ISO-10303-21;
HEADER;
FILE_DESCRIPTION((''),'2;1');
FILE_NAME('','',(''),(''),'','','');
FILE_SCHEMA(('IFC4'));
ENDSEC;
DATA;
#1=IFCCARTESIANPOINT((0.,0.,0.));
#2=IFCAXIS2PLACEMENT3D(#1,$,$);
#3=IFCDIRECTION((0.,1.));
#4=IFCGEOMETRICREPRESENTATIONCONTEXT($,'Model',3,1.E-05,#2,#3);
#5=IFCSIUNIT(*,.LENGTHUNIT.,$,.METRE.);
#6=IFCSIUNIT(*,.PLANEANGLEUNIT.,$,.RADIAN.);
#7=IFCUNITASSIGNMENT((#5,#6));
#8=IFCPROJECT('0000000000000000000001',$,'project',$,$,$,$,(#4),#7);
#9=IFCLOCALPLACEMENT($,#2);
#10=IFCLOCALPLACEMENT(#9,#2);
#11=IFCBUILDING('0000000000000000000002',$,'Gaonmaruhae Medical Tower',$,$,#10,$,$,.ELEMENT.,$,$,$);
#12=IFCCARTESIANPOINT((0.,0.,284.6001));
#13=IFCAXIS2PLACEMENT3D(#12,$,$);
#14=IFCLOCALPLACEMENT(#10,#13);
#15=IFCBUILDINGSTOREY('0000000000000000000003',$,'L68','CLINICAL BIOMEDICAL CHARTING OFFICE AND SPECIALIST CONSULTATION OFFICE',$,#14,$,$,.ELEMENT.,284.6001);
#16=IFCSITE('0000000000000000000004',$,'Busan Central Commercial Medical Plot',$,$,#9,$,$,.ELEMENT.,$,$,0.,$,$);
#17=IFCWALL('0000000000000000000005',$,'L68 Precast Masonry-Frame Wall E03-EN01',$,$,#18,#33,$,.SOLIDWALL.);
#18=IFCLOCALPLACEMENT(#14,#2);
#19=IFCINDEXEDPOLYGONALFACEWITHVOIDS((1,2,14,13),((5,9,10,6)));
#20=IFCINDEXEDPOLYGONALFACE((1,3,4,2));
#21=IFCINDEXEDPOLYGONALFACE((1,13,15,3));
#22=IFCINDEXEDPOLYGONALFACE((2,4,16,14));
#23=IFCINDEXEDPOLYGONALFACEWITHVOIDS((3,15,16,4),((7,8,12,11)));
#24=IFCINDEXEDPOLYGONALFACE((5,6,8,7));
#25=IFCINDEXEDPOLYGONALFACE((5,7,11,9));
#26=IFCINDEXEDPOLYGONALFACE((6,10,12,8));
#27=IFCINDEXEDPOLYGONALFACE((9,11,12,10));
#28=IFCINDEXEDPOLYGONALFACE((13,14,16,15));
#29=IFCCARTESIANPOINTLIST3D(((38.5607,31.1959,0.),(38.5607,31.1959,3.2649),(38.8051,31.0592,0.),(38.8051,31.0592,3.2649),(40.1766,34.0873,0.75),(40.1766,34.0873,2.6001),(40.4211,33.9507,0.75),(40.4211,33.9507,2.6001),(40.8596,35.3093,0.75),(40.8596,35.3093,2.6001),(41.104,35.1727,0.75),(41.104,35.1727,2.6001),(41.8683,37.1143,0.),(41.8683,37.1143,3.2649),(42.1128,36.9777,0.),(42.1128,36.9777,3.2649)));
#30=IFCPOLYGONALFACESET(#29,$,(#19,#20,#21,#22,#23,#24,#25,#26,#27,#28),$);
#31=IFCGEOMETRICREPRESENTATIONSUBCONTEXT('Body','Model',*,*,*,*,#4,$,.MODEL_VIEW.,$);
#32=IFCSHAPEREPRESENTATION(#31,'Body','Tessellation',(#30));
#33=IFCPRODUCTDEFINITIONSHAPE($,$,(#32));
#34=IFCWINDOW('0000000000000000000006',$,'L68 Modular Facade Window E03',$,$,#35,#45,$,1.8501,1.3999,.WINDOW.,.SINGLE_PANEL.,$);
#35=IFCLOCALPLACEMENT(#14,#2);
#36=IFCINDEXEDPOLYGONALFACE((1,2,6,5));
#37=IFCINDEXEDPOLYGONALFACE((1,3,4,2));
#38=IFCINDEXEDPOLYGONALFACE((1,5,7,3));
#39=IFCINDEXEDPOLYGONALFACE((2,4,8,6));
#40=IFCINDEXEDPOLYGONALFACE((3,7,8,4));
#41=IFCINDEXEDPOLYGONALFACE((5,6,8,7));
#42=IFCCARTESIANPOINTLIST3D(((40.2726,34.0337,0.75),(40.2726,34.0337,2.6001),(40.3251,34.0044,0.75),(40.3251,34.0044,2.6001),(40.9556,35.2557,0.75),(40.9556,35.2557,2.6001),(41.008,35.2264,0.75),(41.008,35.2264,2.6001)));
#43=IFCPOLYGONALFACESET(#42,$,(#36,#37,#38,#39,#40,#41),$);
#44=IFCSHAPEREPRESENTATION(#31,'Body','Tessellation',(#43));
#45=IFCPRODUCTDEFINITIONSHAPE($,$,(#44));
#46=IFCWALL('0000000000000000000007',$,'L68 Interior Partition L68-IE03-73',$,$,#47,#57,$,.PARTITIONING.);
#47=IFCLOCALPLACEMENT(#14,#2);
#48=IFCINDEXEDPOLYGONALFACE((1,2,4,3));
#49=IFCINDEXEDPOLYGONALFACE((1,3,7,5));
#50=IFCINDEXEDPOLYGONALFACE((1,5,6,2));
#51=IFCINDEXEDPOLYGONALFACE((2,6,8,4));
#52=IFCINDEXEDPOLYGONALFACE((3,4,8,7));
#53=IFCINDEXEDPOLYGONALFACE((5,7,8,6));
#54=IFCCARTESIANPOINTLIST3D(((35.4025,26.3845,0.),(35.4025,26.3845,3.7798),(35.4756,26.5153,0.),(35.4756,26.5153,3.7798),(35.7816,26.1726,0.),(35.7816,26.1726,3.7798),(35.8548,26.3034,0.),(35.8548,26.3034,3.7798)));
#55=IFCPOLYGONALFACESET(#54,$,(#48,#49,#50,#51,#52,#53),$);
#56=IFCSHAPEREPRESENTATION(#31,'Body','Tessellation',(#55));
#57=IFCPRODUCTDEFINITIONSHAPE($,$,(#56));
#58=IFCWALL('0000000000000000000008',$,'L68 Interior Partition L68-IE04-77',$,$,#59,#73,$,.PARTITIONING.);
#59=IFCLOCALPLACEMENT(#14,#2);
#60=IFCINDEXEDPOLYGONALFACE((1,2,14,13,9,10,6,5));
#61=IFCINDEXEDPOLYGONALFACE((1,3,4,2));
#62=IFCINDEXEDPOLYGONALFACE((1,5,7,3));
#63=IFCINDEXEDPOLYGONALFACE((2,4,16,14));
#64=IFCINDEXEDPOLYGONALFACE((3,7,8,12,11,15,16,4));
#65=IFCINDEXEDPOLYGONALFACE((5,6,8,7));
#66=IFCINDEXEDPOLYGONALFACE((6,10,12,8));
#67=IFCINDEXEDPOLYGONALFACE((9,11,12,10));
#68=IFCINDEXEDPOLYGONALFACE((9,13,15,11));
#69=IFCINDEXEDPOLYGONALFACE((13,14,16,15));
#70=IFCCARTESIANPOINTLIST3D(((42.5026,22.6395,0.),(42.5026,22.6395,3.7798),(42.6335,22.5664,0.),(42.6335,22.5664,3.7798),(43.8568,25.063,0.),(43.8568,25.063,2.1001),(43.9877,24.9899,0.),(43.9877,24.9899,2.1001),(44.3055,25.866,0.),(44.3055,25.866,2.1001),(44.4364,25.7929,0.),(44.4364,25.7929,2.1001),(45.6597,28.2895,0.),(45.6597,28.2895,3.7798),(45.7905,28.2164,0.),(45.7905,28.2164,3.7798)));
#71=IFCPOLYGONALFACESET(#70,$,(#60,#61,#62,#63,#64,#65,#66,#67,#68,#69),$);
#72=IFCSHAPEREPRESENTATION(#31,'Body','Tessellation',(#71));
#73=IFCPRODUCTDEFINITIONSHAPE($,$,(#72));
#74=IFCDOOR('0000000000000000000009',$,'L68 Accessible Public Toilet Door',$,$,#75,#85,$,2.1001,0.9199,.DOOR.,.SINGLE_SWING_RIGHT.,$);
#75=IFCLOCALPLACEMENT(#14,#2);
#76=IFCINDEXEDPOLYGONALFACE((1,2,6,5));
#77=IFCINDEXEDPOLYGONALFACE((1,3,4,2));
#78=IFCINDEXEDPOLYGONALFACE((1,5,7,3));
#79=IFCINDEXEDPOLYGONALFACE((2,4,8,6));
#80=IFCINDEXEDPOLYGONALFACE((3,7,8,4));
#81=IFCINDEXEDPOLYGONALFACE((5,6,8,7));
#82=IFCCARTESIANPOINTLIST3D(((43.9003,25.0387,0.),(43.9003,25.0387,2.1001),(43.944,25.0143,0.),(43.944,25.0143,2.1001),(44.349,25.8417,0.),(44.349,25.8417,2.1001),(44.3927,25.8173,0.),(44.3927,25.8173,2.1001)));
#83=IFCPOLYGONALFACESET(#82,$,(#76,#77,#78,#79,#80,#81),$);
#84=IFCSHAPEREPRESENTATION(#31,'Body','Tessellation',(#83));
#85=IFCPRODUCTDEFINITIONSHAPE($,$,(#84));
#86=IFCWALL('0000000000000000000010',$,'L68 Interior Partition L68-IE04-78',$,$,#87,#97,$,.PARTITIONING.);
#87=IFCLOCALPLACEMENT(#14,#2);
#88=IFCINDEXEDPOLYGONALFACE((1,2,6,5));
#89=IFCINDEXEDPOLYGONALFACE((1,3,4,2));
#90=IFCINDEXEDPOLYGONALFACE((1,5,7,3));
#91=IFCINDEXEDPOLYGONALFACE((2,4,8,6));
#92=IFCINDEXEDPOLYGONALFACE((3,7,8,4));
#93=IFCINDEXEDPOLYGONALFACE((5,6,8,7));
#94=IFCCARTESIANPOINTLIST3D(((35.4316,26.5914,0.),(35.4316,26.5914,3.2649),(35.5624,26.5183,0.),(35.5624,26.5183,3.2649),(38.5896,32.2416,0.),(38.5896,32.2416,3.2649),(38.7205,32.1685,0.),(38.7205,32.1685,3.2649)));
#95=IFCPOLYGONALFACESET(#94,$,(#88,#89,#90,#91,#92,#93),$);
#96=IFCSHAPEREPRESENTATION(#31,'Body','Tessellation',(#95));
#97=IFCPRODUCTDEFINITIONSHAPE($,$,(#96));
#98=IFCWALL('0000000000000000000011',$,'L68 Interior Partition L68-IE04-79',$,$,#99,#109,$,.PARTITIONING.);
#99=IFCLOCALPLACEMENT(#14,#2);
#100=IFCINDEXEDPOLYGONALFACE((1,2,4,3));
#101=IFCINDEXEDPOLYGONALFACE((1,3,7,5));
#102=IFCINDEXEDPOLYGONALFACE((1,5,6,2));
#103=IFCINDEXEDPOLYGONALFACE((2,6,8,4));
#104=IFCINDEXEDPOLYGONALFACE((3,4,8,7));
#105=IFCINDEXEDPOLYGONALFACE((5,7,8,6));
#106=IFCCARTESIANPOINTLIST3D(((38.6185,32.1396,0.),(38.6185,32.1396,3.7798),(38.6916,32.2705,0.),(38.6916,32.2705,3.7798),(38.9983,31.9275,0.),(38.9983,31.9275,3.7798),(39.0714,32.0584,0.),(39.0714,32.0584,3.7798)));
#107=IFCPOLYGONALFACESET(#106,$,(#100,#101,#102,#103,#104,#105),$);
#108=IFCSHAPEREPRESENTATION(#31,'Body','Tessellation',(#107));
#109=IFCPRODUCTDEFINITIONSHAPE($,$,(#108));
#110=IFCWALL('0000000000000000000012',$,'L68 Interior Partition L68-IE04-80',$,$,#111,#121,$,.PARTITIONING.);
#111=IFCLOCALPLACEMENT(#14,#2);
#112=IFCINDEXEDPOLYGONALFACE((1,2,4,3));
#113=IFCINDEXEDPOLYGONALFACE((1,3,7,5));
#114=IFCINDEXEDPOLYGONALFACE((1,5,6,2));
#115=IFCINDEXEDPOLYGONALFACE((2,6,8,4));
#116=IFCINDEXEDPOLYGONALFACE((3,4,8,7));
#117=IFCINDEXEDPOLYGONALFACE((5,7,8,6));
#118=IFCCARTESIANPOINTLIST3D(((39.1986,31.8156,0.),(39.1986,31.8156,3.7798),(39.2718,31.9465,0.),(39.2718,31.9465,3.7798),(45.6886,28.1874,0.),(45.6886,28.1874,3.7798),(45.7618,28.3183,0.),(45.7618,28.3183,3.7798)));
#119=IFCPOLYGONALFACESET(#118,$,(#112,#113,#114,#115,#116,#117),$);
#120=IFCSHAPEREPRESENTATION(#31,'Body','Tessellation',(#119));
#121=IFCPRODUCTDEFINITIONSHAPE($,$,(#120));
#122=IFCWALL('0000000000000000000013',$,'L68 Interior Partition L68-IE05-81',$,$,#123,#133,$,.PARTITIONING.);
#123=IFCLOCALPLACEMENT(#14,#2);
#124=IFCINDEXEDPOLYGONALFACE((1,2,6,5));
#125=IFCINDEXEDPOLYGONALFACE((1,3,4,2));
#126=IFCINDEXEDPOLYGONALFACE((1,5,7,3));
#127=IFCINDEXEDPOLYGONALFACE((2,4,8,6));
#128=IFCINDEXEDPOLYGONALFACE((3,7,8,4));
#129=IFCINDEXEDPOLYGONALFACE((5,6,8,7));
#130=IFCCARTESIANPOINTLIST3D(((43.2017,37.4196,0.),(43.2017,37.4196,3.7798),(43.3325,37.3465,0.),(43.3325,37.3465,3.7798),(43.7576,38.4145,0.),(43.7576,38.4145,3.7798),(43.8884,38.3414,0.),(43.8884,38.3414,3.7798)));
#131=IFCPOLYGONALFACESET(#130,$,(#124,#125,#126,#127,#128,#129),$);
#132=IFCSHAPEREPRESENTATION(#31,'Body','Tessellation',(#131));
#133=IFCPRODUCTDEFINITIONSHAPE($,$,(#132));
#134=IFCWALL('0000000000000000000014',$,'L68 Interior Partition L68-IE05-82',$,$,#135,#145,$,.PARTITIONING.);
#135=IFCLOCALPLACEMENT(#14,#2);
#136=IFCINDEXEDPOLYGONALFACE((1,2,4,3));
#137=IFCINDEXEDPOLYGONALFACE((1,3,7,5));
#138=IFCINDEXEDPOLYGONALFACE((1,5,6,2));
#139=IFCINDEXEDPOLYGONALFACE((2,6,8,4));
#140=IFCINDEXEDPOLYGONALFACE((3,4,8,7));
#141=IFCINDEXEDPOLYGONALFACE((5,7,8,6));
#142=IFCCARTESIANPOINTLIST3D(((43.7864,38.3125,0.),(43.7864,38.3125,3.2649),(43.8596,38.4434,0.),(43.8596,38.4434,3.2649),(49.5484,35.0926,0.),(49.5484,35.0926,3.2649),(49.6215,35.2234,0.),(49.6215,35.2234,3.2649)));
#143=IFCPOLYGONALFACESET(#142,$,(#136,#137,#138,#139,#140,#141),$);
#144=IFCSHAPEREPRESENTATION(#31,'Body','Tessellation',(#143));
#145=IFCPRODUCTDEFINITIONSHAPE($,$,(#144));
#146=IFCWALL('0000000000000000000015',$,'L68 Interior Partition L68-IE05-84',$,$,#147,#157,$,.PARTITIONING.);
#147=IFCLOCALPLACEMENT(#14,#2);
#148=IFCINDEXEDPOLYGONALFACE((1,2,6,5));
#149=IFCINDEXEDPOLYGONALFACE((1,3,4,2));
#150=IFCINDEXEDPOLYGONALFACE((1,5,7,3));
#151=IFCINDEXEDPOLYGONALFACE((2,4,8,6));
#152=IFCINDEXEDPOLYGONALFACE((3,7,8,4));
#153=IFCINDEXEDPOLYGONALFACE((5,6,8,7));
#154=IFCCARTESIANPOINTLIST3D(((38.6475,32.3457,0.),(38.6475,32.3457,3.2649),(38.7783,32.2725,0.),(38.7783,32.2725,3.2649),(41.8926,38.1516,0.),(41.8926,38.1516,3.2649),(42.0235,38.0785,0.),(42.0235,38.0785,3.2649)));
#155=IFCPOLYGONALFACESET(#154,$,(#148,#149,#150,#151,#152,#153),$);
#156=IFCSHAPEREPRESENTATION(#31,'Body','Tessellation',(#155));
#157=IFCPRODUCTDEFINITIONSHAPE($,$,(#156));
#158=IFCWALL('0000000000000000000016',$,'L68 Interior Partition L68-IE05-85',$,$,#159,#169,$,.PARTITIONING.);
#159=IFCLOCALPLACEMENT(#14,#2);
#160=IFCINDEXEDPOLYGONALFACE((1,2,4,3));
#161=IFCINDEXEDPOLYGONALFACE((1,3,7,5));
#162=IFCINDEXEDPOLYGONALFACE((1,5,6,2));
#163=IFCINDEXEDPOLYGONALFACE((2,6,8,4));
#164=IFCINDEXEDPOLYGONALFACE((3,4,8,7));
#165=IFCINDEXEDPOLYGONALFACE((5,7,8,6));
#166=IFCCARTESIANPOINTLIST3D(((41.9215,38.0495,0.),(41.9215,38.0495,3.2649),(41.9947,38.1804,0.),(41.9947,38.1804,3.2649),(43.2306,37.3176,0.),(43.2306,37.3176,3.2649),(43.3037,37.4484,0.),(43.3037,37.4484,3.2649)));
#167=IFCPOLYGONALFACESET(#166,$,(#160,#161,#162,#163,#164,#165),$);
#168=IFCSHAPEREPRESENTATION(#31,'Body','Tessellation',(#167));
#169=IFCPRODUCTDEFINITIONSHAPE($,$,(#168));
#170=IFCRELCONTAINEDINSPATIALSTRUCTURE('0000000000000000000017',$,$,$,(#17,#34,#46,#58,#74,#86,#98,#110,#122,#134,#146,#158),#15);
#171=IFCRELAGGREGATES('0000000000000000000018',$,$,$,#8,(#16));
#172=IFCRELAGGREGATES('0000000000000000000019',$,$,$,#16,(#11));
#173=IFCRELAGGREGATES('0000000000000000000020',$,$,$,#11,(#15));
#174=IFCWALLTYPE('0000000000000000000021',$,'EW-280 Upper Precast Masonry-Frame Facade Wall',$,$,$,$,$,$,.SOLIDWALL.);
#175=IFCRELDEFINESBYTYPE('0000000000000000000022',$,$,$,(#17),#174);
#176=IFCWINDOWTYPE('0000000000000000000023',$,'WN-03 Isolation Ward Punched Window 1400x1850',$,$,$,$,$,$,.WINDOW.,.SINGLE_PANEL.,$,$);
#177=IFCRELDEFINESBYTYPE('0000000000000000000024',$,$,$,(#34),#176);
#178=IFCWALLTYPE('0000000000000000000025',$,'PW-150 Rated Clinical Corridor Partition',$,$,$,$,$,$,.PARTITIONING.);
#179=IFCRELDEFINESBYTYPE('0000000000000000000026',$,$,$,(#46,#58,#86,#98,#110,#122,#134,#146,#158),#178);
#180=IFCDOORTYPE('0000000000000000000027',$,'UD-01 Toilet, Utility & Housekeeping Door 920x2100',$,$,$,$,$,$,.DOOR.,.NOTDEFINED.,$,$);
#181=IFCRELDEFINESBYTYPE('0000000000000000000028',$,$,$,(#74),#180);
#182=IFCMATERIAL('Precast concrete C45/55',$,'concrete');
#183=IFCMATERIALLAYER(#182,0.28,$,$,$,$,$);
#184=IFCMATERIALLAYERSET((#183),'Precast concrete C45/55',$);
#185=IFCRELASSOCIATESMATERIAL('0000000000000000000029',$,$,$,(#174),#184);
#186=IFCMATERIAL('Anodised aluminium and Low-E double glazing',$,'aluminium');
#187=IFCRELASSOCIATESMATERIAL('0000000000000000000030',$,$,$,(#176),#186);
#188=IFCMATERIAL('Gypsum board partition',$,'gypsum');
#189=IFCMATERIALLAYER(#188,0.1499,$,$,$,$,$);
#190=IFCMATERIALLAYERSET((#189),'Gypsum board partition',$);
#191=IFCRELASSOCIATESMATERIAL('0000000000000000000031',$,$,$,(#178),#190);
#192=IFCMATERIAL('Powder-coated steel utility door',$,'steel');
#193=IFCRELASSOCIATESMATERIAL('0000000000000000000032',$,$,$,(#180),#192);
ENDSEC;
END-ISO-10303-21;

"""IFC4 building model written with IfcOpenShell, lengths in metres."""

from ifc_helpers import new_model, si_unit, direction, frame, frame_2d, origin, place, context, subcontext, project, spatial, rectangle, extrude, material, layer, layer_set, type_object, element, fill, save


model = new_model("IFC4")

# Units and contexts
model_context = context("Model", 3, precision=1e-05, world=origin(), true_north=direction((0.0, 1.0)))
body_context = subcontext(model_context, "Body", "Model", "MODEL_VIEW")
ifc_project = project(units=[si_unit("LENGTHUNIT", "METRE"), si_unit("PLANEANGLEUNIT", "RADIAN")], contexts=[model_context])

# Site, building, storey
site_placement = place(None, origin())
site = spatial("IfcSite", under=ifc_project, at=site_placement, Name="Busan Central Commercial Medical Plot", CompositionType="ELEMENT", RefElevation=0.0)
building_placement = place(site_placement, origin())
building = spatial("IfcBuilding", under=site, at=building_placement, Name="Gaonmaruhae Medical Tower", CompositionType="ELEMENT")
storey_placement = place(building_placement, frame((0.0, 0.0, 284.6001)))
storey = spatial("IfcBuildingStorey", under=building, at=storey_placement, Name="L68", Description="CLINICAL BIOMEDICAL CHARTING OFFICE AND SPECIALIST CONSULTATION OFFICE", CompositionType="ELEMENT", Elevation=284.6001)

# Shared definitions
ifc_material_1 = material(Name="Precast concrete C45/55", Category="concrete")
ifc_layer_1 = layer(ifc_material_1, 0.28)
ifc_layer_set_1 = layer_set([ifc_layer_1], Name="Precast concrete C45/55")
wall_type_1 = type_object("IfcWallType", Name="EW-280 Upper Precast Masonry-Frame Facade Wall", PredefinedType="SOLIDWALL", material=ifc_layer_set_1)

# Wall, opening, window
wall_1_placement = place(storey_placement, frame((38.6829, 31.1274, 0.0), z_axis=(0.0, 0.0, 1.0), x_axis=(0.487849, 0.872928, 0.0)))
wall_1 = element("IfcWall", 1, at=wall_1_placement, inside=storey, type_object=wall_type_1, Name="L68 Precast Masonry-Frame Wall E03-EN01", PredefinedType="SOLIDWALL", context=body_context, shape_type="SweptSolid", body=[
    extrude(rectangle(XDim=6.78, YDim=0.28, at=frame_2d((3.3901, 0.0))), origin(), (0.0, 0.0, 1.0), 3.2649),
])
opening_1_placement = place(wall_1_placement, frame((3.3125, 0.0, 0.75)))
opening_1 = element("IfcOpeningElement", 2, at=opening_1_placement, cuts=wall_1, PredefinedType="OPENING", context=body_context, shape_type="SweptSolid", body=[
    extrude(rectangle(XDim=1.3999, YDim=1.8501, at=frame_2d((0.7, 0.925))), frame((0.0, 0.1499, 0.0), z_axis=(0.0, -1.0, 0.0), x_axis=(1.0, 0.0, 0.0)), (0.0, 0.0, 1.0), 0.3),
])
ifc_material_2 = material(Name="Anodised aluminium and Low-E double glazing", Category="aluminium")
window_type = type_object("IfcWindowType", Name="WN-03 Isolation Ward Punched Window 1400x1850", PartitioningType="SINGLE_PANEL", PredefinedType="WINDOW", material=ifc_material_2)
window_placement = place(opening_1_placement, origin())
window = element("IfcWindow", 3, at=window_placement, inside=storey, type_object=window_type, Name="L68 Modular Facade Window E03", OverallHeight=1.8501, OverallWidth=1.3999, PartitioningType="SINGLE_PANEL", PredefinedType="WINDOW", context=body_context, shape_type="SweptSolid", body=[
    extrude(rectangle(XDim=1.3999, YDim=1.8501, at=frame_2d((0.7, 0.925))), frame((0.0, 0.03, 0.0), z_axis=(0.0, -1.0, 0.0), x_axis=(1.0, 0.0, 0.0)), (0.0, 0.0, 1.0), 0.0601),
])
fill(opening_1, window)

# Wall
ifc_material_3 = material(Name="Gypsum board partition", Category="gypsum")
ifc_layer_2 = layer(ifc_material_3, 0.1499)
ifc_layer_set_2 = layer_set([ifc_layer_2], Name="Gypsum board partition")
wall_type_2 = type_object("IfcWallType", Name="PW-150 Rated Clinical Corridor Partition", PredefinedType="PARTITIONING", material=ifc_layer_set_2)
wall_2_placement = place(storey_placement, frame((35.439, 26.45, 0.0), z_axis=(0.0, 0.0, 1.0), x_axis=(0.872908, -0.487884, 0.0)))
element("IfcWall", 4, at=wall_2_placement, inside=storey, type_object=wall_type_2, Name="L68 Interior Partition L68-IE03-73", PredefinedType="PARTITIONING", context=body_context, shape_type="SweptSolid", body=[
    extrude(rectangle(XDim=0.4343, YDim=0.1499, at=frame_2d((0.2173, 0.0))), origin(), (0.0, 0.0, 1.0), 3.7798),
])

# Wall, opening, door
wall_3_placement = place(storey_placement, frame((45.7251, 28.2529, 0.0), z_axis=(0.0, 0.0, 1.0), x_axis=(-0.487784, -0.872964, 0.0)))
wall_3 = element("IfcWall", 5, at=wall_3_placement, inside=storey, type_object=wall_type_2, Name="L68 Interior Partition L68-IE04-77", PredefinedType="PARTITIONING", context=body_context, shape_type="SweptSolid", body=[
    extrude(rectangle(XDim=6.4722, YDim=0.1499, at=frame_2d((3.2361, 0.0))), origin(), (0.0, 0.0, 1.0), 3.7798),
])
opening_2_placement = place(wall_3_placement, frame((2.7761, 0.0, 0.0)))
opening_2 = element("IfcOpeningElement", 6, at=opening_2_placement, cuts=wall_3, PredefinedType="OPENING", context=body_context, shape_type="SweptSolid", body=[
    extrude(rectangle(XDim=0.9199, YDim=2.1001, at=frame_2d((0.46, 1.05))), frame((0.0, 0.085, 0.0), z_axis=(0.0, -1.0, 0.0), x_axis=(1.0, 0.0, 0.0)), (0.0, 0.0, 1.0), 0.1699),
])
ifc_material_4 = material(Name="Powder-coated steel utility door", Category="steel")
door_type = type_object("IfcDoorType", Name="UD-01 Toilet, Utility & Housekeeping Door 920x2100", OperationType="NOTDEFINED", PredefinedType="DOOR", material=ifc_material_4)
door_placement = place(opening_2_placement, origin())
door = element("IfcDoor", 7, at=door_placement, inside=storey, type_object=door_type, Name="L68 Accessible Public Toilet Door", OperationType="SINGLE_SWING_RIGHT", OverallHeight=2.1001, OverallWidth=0.9199, PredefinedType="DOOR", context=body_context, shape_type="SweptSolid", body=[
    extrude(rectangle(XDim=0.9199, YDim=2.1001, at=frame_2d((0.46, 1.05))), frame((0.0, 0.0249, 0.0), z_axis=(0.0, -1.0, 0.0), x_axis=(1.0, 0.0, 0.0)), (0.0, 0.0, 1.0), 0.05),
])
fill(opening_2, door)

# Walls
wall_4_placement = place(storey_placement, frame((35.4971, 26.5549, 0.0), z_axis=(0.0, 0.0, 1.0), x_axis=(0.487883, 0.872909, 0.0)))
element("IfcWall", 8, at=wall_4_placement, inside=storey, type_object=wall_type_2, Name="L68 Interior Partition L68-IE04-78", PredefinedType="PARTITIONING", context=body_context, shape_type="SweptSolid", body=[
    extrude(rectangle(XDim=6.4729, YDim=0.1499, at=frame_2d((3.2363, 0.0))), origin(), (0.0, 0.0, 1.0), 3.2649),
])
wall_5_placement = place(storey_placement, frame((38.655, 32.2051, 0.0), z_axis=(0.0, 0.0, 1.0), x_axis=(0.87307, -0.487595, 0.0)))
element("IfcWall", 9, at=wall_5_placement, inside=storey, type_object=wall_type_2, Name="L68 Interior Partition L68-IE04-79", PredefinedType="PARTITIONING", context=body_context, shape_type="SweptSolid", body=[
    extrude(rectangle(XDim=0.4351, YDim=0.1499, at=frame_2d((0.2175, 0.0))), origin(), (0.0, 0.0, 1.0), 3.7798),
])
wall_6_placement = place(storey_placement, frame((39.2351, 31.8811, 0.0), z_axis=(0.0, 0.0, 1.0), x_axis=(0.872862, -0.487966, 0.0)))
element("IfcWall", 10, at=wall_6_placement, inside=storey, type_object=wall_type_2, Name="L68 Interior Partition L68-IE04-80", PredefinedType="PARTITIONING", context=body_context, shape_type="SweptSolid", body=[
    extrude(rectangle(XDim=7.4353, YDim=0.1499, at=frame_2d((3.7178, 0.0))), origin(), (0.0, 0.0, 1.0), 3.7798),
])
wall_7_placement = place(storey_placement, frame((43.2671, 37.3831, 0.0), z_axis=(0.0, 0.0, 1.0), x_axis=(0.487788, 0.872962, 0.0)))
element("IfcWall", 11, at=wall_7_placement, inside=storey, type_object=wall_type_2, Name="L68 Interior Partition L68-IE05-81", PredefinedType="PARTITIONING", context=body_context, shape_type="SweptSolid", body=[
    extrude(rectangle(XDim=1.1396, YDim=0.1499, at=frame_2d((0.5698, 0.0))), origin(), (0.0, 0.0, 1.0), 3.7798),
])
wall_8_placement = place(storey_placement, frame((43.823, 38.3779, 0.0), z_axis=(0.0, 0.0, 1.0), x_axis=(0.87294, -0.487827, 0.0)))
element("IfcWall", 12, at=wall_8_placement, inside=storey, type_object=wall_type_2, Name="L68 Interior Partition L68-IE05-82", PredefinedType="PARTITIONING", context=body_context, shape_type="SweptSolid", body=[
    extrude(rectangle(XDim=6.6006, YDim=0.1499, at=frame_2d((3.3003, 0.0))), origin(), (0.0, 0.0, 1.0), 3.2649),
])
wall_9_placement = place(storey_placement, frame((38.7129, 32.3091, 0.0), z_axis=(0.0, 0.0, 1.0), x_axis=(0.487895, 0.872903, 0.0)))
element("IfcWall", 13, at=wall_9_placement, inside=storey, type_object=wall_type_2, Name="L68 Interior Partition L68-IE05-84", PredefinedType="PARTITIONING", context=body_context, shape_type="SweptSolid", body=[
    extrude(rectangle(XDim=6.6514, YDim=0.1499, at=frame_2d((3.3257, 0.0))), origin(), (0.0, 0.0, 1.0), 3.2649),
])
wall_10_placement = place(storey_placement, frame((41.958, 38.115, 0.0), z_axis=(0.0, 0.0, 1.0), x_axis=(0.872833, -0.488018, 0.0)))
element("IfcWall", 14, at=wall_10_placement, inside=storey, type_object=wall_type_2, Name="L68 Interior Partition L68-IE05-85", PredefinedType="PARTITIONING", context=body_context, shape_type="SweptSolid", body=[
    extrude(rectangle(XDim=1.4998, YDim=0.1499, at=frame_2d((0.75, 0.0))), origin(), (0.0, 0.0, 1.0), 3.2649),
])

save(model, "model.ifc")
